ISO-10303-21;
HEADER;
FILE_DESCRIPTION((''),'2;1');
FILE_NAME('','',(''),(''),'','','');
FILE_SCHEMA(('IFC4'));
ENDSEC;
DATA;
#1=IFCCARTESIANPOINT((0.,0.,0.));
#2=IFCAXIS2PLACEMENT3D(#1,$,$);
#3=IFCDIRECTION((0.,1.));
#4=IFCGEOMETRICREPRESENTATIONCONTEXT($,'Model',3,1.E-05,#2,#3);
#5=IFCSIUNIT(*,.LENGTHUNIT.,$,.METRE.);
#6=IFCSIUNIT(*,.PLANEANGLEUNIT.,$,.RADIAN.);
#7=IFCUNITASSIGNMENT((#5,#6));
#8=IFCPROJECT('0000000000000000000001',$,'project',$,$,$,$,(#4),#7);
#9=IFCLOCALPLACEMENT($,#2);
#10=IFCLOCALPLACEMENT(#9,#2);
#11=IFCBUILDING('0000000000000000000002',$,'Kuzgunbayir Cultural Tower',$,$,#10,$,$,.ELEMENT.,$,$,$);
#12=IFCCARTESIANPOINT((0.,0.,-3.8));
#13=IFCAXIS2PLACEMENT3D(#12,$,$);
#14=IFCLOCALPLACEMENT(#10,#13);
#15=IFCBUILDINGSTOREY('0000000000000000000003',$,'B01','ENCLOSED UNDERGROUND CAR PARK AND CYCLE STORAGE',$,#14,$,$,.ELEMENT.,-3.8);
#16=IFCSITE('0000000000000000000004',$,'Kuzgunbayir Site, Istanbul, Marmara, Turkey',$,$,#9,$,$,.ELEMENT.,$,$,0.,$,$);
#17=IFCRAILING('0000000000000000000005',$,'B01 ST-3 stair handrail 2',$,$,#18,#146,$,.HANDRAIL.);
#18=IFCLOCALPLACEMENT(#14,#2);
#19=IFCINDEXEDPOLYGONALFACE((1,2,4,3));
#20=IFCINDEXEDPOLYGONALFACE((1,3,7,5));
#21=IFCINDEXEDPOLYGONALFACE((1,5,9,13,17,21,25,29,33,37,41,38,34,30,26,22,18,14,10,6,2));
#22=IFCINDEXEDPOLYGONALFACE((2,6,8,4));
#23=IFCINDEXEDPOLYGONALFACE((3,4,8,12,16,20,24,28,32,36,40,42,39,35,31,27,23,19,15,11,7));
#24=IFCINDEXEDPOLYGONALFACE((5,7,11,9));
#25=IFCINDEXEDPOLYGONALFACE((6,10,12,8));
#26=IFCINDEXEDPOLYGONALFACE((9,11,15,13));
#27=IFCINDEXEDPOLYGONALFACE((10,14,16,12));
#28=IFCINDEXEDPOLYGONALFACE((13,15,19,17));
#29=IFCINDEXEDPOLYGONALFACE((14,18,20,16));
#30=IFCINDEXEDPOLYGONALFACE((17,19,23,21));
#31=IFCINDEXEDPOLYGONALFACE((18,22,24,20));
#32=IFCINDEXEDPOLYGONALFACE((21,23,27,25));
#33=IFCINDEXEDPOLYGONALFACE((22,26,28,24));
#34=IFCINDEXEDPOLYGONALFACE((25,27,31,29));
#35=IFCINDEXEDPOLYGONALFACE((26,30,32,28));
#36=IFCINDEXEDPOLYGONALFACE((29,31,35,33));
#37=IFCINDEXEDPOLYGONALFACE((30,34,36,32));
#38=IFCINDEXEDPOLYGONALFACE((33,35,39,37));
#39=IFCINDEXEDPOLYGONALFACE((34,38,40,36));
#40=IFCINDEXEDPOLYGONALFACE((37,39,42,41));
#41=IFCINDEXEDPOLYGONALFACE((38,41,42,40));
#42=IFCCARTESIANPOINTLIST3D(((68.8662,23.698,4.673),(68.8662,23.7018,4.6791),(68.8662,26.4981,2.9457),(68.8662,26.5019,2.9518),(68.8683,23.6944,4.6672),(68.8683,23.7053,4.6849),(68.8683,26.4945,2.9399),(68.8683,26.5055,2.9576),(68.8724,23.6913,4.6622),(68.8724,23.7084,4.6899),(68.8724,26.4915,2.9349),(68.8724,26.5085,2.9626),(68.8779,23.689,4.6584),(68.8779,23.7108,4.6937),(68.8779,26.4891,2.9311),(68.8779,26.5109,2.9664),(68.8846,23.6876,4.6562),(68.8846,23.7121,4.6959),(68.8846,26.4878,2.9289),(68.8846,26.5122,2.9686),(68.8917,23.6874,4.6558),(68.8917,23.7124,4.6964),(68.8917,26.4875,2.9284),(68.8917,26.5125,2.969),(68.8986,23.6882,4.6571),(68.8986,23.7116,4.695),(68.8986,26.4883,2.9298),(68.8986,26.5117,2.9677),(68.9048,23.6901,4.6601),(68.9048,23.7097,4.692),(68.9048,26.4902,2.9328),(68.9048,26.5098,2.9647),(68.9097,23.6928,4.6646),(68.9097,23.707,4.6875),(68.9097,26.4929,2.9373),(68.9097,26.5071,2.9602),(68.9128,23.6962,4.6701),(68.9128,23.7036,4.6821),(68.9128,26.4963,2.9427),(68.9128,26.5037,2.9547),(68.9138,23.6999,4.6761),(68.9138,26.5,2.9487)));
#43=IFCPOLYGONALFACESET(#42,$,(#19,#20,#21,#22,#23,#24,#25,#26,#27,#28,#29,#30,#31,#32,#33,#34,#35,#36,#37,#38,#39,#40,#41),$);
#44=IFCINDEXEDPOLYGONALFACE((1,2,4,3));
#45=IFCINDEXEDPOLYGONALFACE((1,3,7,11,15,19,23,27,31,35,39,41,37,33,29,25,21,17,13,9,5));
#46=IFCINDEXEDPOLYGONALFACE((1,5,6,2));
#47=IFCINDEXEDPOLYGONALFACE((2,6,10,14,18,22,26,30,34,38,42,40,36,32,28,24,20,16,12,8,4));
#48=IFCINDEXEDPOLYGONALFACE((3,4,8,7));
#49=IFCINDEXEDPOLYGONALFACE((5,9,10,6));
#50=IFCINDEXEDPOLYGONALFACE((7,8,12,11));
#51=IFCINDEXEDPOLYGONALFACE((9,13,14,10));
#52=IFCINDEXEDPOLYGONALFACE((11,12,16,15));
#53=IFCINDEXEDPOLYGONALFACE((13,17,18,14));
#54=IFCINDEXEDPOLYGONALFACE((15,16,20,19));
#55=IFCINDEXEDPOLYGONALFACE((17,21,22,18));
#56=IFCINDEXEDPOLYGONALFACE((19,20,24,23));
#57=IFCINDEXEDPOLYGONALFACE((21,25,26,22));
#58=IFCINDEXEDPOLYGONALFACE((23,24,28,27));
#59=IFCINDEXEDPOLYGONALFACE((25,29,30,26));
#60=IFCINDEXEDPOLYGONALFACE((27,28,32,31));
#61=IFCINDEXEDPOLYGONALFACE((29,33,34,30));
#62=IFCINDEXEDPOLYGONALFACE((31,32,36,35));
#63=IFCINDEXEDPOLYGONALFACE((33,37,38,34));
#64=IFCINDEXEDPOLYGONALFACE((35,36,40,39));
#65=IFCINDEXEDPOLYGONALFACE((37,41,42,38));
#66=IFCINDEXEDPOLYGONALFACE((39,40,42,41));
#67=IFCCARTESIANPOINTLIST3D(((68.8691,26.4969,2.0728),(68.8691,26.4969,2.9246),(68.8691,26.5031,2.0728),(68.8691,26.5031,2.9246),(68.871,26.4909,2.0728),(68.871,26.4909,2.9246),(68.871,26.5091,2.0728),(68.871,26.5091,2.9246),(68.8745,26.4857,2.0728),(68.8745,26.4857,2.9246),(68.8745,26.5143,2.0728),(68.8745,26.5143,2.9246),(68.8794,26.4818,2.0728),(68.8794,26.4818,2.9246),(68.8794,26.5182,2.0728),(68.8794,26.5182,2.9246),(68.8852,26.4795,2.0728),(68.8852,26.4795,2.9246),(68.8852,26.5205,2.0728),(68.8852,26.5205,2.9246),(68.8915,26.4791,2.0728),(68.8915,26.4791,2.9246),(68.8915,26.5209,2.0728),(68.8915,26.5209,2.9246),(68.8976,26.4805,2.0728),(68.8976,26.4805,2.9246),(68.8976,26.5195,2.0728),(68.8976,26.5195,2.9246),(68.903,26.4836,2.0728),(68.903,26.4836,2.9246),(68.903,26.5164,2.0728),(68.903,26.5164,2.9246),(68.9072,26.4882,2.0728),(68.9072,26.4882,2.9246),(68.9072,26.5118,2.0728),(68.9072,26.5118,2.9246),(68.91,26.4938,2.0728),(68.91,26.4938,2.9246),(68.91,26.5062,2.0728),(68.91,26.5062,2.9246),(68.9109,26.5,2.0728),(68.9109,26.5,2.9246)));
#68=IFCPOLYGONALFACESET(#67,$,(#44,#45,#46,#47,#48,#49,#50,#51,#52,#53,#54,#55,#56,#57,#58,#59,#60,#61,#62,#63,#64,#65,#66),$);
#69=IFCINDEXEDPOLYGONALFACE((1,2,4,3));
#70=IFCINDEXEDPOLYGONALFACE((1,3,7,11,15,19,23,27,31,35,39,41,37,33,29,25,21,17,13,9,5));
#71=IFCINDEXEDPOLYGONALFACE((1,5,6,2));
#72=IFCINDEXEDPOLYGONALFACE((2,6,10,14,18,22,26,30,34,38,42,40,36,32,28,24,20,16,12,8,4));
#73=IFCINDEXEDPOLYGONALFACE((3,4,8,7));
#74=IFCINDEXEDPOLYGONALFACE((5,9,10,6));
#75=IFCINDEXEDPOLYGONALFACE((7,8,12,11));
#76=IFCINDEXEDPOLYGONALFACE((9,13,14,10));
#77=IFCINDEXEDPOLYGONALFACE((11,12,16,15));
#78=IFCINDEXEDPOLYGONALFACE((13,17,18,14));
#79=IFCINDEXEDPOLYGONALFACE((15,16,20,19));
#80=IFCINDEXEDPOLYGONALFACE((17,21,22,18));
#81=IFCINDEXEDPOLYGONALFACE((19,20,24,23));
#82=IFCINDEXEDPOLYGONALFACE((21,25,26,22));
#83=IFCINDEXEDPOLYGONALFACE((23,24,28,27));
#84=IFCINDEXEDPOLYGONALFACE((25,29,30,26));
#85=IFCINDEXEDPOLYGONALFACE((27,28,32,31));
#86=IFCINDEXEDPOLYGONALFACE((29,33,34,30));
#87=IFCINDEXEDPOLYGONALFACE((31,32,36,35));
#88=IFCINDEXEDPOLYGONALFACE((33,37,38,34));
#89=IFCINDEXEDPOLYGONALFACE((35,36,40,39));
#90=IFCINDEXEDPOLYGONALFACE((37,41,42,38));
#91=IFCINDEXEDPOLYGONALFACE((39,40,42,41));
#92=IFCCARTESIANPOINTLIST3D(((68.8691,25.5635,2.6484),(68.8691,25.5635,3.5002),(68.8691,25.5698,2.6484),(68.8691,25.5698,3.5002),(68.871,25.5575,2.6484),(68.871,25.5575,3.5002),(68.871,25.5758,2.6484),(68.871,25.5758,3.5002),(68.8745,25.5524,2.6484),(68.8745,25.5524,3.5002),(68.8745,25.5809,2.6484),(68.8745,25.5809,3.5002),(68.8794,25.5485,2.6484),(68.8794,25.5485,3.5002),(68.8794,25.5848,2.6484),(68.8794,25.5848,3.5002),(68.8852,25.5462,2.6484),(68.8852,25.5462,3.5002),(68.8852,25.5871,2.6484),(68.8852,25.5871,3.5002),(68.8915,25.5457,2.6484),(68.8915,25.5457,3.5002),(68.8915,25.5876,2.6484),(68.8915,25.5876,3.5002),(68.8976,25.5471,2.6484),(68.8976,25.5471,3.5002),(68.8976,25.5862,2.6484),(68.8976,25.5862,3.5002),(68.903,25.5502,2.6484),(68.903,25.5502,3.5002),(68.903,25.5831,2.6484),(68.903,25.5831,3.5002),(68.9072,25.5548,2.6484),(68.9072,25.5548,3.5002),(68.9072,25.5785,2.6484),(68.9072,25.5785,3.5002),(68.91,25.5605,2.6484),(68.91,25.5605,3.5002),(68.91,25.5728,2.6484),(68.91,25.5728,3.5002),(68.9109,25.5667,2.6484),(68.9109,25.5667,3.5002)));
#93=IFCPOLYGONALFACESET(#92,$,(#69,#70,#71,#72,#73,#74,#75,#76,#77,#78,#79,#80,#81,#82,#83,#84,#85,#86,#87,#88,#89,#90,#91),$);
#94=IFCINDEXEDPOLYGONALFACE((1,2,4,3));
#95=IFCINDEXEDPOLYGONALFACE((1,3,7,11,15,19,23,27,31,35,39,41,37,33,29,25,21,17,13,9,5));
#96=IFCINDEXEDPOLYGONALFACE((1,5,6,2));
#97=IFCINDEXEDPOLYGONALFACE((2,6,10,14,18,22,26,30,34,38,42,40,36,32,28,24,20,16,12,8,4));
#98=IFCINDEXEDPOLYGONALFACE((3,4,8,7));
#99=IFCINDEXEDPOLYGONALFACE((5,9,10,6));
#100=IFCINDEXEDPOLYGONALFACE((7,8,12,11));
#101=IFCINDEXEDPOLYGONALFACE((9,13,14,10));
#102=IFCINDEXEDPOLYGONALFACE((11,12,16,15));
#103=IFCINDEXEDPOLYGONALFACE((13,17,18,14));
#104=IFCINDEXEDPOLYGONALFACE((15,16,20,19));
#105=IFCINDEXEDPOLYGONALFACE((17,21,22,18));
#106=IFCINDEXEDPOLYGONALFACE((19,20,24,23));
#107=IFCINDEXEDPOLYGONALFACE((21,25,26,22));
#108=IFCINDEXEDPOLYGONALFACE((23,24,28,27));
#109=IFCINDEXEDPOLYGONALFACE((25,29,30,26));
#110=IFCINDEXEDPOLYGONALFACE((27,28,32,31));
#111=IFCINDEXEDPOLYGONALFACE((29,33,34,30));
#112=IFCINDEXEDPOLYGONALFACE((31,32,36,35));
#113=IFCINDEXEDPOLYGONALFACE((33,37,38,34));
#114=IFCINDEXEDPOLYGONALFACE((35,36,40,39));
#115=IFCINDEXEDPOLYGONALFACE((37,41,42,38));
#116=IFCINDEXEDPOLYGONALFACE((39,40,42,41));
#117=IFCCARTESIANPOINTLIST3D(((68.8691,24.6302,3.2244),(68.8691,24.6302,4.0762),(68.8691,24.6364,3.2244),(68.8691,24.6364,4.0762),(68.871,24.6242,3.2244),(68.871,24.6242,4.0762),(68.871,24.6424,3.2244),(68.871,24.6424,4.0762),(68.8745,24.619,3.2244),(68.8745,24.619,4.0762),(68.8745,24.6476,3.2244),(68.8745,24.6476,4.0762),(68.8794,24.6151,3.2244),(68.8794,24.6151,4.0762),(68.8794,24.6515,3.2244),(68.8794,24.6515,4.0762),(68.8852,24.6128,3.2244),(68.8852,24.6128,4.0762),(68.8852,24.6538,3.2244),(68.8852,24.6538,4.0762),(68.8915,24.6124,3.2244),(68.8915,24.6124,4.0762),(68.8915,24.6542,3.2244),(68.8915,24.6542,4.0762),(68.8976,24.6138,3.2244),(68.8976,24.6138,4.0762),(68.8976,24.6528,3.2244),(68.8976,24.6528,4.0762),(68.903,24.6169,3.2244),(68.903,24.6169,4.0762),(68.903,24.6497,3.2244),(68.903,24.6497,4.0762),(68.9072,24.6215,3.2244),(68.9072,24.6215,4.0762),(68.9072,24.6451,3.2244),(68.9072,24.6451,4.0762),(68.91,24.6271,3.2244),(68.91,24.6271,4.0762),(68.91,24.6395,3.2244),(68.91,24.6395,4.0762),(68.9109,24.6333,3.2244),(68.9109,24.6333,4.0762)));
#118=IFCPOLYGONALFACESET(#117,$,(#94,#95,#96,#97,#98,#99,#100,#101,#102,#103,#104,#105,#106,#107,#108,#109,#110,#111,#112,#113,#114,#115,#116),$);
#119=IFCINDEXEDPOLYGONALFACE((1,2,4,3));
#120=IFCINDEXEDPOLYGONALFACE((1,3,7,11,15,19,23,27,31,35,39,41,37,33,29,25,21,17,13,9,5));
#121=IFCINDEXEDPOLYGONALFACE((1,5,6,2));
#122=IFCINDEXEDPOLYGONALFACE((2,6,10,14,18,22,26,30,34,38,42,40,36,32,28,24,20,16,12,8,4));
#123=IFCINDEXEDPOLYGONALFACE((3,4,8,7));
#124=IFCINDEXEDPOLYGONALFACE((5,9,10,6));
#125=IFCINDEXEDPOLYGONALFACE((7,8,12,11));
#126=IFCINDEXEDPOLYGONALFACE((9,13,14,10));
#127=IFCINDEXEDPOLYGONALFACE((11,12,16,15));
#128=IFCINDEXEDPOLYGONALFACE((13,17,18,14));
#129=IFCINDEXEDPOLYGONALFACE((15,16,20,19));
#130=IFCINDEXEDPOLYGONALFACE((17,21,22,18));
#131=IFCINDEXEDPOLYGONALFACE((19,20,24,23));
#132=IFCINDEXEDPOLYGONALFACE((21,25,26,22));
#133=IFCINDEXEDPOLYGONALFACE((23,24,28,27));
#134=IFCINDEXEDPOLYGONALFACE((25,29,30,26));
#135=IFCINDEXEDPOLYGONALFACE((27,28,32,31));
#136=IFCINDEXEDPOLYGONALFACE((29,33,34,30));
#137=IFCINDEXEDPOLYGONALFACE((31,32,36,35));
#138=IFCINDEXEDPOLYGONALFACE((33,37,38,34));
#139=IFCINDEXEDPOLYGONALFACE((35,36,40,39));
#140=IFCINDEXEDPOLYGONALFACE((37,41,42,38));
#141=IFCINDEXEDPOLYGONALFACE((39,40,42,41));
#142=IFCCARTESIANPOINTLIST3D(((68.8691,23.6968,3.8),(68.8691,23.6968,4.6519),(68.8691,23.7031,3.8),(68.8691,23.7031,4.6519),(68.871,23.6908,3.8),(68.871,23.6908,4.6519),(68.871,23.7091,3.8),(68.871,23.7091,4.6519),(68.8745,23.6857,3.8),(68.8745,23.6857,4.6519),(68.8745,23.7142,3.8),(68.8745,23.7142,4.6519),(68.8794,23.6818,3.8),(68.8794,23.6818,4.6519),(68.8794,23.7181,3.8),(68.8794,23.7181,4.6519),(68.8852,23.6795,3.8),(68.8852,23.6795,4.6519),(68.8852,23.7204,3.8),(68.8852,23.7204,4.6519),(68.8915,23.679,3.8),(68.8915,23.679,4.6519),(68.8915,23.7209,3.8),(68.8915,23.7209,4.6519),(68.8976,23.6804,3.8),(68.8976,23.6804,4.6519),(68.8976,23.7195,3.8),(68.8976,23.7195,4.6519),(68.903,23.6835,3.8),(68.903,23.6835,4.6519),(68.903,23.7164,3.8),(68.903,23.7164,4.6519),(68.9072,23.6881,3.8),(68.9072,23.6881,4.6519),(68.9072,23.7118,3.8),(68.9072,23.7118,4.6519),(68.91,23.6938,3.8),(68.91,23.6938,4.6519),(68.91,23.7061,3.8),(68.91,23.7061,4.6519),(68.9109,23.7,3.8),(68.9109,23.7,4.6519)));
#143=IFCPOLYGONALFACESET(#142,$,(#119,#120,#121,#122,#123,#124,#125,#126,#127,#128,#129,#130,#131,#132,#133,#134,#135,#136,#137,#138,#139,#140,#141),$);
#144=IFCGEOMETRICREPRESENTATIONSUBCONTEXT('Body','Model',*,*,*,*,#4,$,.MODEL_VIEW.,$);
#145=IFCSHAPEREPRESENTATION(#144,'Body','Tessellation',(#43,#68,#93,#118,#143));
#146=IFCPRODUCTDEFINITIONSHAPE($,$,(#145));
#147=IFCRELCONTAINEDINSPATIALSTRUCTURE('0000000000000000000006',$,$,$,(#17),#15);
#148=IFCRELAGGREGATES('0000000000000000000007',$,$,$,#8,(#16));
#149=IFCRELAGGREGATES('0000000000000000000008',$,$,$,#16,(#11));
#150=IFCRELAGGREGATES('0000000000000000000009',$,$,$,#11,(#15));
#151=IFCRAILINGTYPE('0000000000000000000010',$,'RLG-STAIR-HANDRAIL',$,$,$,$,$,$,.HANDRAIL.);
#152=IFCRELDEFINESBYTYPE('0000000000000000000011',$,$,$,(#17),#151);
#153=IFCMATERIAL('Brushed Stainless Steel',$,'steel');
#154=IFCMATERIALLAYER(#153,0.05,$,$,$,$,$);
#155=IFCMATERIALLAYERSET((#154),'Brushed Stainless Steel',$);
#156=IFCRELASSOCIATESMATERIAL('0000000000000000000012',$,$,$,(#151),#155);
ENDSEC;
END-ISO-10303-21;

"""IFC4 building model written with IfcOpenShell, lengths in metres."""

from ifc_helpers import new_model, si_unit, direction, frame, origin, origin_2d, place, context, subcontext, project, spatial, circle, extrude, material, layer, layer_set, type_object, element, save


model = new_model("IFC4")

# Units and contexts
model_context = context("Model", 3, precision=1e-05, world=origin(), true_north=direction((0.0, 1.0)))
body_context = subcontext(model_context, "Body", "Model", "MODEL_VIEW")
ifc_project = project(units=[si_unit("LENGTHUNIT", "METRE"), si_unit("PLANEANGLEUNIT", "RADIAN")], contexts=[model_context])

# Site, building, storey
site_placement = place(None, origin())
site = spatial("IfcSite", under=ifc_project, at=site_placement, Name="Kuzgunbayir Site, Istanbul, Marmara, Turkey", CompositionType="ELEMENT", RefElevation=0.0)
building_placement = place(site_placement, origin())
building = spatial("IfcBuilding", under=site, at=building_placement, Name="Kuzgunbayir Cultural Tower", CompositionType="ELEMENT")
storey_placement = place(building_placement, frame((0.0, 0.0, -3.8)))
storey = spatial("IfcBuildingStorey", under=building, at=storey_placement, Name="B01", Description="ENCLOSED UNDERGROUND CAR PARK AND CYCLE STORAGE", CompositionType="ELEMENT", Elevation=-3.8)

# Railing
ifc_material_1 = material(Name="Brushed Stainless Steel", Category="steel")
ifc_layer_1 = layer(ifc_material_1, 0.05)
ifc_layer_set_1 = layer_set([ifc_layer_1], Name="Brushed Stainless Steel")
railing_type_1 = type_object("IfcRailingType", Name="RLG-STAIR-HANDRAIL", PredefinedType="HANDRAIL", material=ifc_layer_set_1)
railing_1_placement = place(storey_placement, frame((68.8899, 26.5, 2.0728)))
element("IfcRailing", 1, at=railing_1_placement, inside=storey, type_object=railing_type_1, Name="B01 ST-3 stair handrail 2", PredefinedType="HANDRAIL", context=body_context, shape_type="SweptSolid", body=[
    extrude(circle(Radius=0.0239, at=origin_2d()), frame((0.0, 0.0, 0.876), z_axis=(0.0, -0.85109, 0.52502), x_axis=(1.0, 0.0, 0.0)), (0.0, 0.0, 1.0), 3.29),
    extrude(circle(Radius=0.021, at=origin_2d()), origin(), (0.0, 0.0, 1.0), 0.8518),
    extrude(circle(Radius=0.021, at=origin_2d()), frame((0.0, -0.9333, 0.5757)), (0.0, 0.0, 1.0), 0.8518),
    extrude(circle(Radius=0.021, at=origin_2d()), frame((0.0, -1.8667, 1.1516)), (0.0, 0.0, 1.0), 0.8518),
    extrude(circle(Radius=0.021, at=origin_2d()), frame((0.0, -2.8, 1.7273)), (0.0, 0.0, 1.0), 0.8518),
])

save(model, "model.ifc")
